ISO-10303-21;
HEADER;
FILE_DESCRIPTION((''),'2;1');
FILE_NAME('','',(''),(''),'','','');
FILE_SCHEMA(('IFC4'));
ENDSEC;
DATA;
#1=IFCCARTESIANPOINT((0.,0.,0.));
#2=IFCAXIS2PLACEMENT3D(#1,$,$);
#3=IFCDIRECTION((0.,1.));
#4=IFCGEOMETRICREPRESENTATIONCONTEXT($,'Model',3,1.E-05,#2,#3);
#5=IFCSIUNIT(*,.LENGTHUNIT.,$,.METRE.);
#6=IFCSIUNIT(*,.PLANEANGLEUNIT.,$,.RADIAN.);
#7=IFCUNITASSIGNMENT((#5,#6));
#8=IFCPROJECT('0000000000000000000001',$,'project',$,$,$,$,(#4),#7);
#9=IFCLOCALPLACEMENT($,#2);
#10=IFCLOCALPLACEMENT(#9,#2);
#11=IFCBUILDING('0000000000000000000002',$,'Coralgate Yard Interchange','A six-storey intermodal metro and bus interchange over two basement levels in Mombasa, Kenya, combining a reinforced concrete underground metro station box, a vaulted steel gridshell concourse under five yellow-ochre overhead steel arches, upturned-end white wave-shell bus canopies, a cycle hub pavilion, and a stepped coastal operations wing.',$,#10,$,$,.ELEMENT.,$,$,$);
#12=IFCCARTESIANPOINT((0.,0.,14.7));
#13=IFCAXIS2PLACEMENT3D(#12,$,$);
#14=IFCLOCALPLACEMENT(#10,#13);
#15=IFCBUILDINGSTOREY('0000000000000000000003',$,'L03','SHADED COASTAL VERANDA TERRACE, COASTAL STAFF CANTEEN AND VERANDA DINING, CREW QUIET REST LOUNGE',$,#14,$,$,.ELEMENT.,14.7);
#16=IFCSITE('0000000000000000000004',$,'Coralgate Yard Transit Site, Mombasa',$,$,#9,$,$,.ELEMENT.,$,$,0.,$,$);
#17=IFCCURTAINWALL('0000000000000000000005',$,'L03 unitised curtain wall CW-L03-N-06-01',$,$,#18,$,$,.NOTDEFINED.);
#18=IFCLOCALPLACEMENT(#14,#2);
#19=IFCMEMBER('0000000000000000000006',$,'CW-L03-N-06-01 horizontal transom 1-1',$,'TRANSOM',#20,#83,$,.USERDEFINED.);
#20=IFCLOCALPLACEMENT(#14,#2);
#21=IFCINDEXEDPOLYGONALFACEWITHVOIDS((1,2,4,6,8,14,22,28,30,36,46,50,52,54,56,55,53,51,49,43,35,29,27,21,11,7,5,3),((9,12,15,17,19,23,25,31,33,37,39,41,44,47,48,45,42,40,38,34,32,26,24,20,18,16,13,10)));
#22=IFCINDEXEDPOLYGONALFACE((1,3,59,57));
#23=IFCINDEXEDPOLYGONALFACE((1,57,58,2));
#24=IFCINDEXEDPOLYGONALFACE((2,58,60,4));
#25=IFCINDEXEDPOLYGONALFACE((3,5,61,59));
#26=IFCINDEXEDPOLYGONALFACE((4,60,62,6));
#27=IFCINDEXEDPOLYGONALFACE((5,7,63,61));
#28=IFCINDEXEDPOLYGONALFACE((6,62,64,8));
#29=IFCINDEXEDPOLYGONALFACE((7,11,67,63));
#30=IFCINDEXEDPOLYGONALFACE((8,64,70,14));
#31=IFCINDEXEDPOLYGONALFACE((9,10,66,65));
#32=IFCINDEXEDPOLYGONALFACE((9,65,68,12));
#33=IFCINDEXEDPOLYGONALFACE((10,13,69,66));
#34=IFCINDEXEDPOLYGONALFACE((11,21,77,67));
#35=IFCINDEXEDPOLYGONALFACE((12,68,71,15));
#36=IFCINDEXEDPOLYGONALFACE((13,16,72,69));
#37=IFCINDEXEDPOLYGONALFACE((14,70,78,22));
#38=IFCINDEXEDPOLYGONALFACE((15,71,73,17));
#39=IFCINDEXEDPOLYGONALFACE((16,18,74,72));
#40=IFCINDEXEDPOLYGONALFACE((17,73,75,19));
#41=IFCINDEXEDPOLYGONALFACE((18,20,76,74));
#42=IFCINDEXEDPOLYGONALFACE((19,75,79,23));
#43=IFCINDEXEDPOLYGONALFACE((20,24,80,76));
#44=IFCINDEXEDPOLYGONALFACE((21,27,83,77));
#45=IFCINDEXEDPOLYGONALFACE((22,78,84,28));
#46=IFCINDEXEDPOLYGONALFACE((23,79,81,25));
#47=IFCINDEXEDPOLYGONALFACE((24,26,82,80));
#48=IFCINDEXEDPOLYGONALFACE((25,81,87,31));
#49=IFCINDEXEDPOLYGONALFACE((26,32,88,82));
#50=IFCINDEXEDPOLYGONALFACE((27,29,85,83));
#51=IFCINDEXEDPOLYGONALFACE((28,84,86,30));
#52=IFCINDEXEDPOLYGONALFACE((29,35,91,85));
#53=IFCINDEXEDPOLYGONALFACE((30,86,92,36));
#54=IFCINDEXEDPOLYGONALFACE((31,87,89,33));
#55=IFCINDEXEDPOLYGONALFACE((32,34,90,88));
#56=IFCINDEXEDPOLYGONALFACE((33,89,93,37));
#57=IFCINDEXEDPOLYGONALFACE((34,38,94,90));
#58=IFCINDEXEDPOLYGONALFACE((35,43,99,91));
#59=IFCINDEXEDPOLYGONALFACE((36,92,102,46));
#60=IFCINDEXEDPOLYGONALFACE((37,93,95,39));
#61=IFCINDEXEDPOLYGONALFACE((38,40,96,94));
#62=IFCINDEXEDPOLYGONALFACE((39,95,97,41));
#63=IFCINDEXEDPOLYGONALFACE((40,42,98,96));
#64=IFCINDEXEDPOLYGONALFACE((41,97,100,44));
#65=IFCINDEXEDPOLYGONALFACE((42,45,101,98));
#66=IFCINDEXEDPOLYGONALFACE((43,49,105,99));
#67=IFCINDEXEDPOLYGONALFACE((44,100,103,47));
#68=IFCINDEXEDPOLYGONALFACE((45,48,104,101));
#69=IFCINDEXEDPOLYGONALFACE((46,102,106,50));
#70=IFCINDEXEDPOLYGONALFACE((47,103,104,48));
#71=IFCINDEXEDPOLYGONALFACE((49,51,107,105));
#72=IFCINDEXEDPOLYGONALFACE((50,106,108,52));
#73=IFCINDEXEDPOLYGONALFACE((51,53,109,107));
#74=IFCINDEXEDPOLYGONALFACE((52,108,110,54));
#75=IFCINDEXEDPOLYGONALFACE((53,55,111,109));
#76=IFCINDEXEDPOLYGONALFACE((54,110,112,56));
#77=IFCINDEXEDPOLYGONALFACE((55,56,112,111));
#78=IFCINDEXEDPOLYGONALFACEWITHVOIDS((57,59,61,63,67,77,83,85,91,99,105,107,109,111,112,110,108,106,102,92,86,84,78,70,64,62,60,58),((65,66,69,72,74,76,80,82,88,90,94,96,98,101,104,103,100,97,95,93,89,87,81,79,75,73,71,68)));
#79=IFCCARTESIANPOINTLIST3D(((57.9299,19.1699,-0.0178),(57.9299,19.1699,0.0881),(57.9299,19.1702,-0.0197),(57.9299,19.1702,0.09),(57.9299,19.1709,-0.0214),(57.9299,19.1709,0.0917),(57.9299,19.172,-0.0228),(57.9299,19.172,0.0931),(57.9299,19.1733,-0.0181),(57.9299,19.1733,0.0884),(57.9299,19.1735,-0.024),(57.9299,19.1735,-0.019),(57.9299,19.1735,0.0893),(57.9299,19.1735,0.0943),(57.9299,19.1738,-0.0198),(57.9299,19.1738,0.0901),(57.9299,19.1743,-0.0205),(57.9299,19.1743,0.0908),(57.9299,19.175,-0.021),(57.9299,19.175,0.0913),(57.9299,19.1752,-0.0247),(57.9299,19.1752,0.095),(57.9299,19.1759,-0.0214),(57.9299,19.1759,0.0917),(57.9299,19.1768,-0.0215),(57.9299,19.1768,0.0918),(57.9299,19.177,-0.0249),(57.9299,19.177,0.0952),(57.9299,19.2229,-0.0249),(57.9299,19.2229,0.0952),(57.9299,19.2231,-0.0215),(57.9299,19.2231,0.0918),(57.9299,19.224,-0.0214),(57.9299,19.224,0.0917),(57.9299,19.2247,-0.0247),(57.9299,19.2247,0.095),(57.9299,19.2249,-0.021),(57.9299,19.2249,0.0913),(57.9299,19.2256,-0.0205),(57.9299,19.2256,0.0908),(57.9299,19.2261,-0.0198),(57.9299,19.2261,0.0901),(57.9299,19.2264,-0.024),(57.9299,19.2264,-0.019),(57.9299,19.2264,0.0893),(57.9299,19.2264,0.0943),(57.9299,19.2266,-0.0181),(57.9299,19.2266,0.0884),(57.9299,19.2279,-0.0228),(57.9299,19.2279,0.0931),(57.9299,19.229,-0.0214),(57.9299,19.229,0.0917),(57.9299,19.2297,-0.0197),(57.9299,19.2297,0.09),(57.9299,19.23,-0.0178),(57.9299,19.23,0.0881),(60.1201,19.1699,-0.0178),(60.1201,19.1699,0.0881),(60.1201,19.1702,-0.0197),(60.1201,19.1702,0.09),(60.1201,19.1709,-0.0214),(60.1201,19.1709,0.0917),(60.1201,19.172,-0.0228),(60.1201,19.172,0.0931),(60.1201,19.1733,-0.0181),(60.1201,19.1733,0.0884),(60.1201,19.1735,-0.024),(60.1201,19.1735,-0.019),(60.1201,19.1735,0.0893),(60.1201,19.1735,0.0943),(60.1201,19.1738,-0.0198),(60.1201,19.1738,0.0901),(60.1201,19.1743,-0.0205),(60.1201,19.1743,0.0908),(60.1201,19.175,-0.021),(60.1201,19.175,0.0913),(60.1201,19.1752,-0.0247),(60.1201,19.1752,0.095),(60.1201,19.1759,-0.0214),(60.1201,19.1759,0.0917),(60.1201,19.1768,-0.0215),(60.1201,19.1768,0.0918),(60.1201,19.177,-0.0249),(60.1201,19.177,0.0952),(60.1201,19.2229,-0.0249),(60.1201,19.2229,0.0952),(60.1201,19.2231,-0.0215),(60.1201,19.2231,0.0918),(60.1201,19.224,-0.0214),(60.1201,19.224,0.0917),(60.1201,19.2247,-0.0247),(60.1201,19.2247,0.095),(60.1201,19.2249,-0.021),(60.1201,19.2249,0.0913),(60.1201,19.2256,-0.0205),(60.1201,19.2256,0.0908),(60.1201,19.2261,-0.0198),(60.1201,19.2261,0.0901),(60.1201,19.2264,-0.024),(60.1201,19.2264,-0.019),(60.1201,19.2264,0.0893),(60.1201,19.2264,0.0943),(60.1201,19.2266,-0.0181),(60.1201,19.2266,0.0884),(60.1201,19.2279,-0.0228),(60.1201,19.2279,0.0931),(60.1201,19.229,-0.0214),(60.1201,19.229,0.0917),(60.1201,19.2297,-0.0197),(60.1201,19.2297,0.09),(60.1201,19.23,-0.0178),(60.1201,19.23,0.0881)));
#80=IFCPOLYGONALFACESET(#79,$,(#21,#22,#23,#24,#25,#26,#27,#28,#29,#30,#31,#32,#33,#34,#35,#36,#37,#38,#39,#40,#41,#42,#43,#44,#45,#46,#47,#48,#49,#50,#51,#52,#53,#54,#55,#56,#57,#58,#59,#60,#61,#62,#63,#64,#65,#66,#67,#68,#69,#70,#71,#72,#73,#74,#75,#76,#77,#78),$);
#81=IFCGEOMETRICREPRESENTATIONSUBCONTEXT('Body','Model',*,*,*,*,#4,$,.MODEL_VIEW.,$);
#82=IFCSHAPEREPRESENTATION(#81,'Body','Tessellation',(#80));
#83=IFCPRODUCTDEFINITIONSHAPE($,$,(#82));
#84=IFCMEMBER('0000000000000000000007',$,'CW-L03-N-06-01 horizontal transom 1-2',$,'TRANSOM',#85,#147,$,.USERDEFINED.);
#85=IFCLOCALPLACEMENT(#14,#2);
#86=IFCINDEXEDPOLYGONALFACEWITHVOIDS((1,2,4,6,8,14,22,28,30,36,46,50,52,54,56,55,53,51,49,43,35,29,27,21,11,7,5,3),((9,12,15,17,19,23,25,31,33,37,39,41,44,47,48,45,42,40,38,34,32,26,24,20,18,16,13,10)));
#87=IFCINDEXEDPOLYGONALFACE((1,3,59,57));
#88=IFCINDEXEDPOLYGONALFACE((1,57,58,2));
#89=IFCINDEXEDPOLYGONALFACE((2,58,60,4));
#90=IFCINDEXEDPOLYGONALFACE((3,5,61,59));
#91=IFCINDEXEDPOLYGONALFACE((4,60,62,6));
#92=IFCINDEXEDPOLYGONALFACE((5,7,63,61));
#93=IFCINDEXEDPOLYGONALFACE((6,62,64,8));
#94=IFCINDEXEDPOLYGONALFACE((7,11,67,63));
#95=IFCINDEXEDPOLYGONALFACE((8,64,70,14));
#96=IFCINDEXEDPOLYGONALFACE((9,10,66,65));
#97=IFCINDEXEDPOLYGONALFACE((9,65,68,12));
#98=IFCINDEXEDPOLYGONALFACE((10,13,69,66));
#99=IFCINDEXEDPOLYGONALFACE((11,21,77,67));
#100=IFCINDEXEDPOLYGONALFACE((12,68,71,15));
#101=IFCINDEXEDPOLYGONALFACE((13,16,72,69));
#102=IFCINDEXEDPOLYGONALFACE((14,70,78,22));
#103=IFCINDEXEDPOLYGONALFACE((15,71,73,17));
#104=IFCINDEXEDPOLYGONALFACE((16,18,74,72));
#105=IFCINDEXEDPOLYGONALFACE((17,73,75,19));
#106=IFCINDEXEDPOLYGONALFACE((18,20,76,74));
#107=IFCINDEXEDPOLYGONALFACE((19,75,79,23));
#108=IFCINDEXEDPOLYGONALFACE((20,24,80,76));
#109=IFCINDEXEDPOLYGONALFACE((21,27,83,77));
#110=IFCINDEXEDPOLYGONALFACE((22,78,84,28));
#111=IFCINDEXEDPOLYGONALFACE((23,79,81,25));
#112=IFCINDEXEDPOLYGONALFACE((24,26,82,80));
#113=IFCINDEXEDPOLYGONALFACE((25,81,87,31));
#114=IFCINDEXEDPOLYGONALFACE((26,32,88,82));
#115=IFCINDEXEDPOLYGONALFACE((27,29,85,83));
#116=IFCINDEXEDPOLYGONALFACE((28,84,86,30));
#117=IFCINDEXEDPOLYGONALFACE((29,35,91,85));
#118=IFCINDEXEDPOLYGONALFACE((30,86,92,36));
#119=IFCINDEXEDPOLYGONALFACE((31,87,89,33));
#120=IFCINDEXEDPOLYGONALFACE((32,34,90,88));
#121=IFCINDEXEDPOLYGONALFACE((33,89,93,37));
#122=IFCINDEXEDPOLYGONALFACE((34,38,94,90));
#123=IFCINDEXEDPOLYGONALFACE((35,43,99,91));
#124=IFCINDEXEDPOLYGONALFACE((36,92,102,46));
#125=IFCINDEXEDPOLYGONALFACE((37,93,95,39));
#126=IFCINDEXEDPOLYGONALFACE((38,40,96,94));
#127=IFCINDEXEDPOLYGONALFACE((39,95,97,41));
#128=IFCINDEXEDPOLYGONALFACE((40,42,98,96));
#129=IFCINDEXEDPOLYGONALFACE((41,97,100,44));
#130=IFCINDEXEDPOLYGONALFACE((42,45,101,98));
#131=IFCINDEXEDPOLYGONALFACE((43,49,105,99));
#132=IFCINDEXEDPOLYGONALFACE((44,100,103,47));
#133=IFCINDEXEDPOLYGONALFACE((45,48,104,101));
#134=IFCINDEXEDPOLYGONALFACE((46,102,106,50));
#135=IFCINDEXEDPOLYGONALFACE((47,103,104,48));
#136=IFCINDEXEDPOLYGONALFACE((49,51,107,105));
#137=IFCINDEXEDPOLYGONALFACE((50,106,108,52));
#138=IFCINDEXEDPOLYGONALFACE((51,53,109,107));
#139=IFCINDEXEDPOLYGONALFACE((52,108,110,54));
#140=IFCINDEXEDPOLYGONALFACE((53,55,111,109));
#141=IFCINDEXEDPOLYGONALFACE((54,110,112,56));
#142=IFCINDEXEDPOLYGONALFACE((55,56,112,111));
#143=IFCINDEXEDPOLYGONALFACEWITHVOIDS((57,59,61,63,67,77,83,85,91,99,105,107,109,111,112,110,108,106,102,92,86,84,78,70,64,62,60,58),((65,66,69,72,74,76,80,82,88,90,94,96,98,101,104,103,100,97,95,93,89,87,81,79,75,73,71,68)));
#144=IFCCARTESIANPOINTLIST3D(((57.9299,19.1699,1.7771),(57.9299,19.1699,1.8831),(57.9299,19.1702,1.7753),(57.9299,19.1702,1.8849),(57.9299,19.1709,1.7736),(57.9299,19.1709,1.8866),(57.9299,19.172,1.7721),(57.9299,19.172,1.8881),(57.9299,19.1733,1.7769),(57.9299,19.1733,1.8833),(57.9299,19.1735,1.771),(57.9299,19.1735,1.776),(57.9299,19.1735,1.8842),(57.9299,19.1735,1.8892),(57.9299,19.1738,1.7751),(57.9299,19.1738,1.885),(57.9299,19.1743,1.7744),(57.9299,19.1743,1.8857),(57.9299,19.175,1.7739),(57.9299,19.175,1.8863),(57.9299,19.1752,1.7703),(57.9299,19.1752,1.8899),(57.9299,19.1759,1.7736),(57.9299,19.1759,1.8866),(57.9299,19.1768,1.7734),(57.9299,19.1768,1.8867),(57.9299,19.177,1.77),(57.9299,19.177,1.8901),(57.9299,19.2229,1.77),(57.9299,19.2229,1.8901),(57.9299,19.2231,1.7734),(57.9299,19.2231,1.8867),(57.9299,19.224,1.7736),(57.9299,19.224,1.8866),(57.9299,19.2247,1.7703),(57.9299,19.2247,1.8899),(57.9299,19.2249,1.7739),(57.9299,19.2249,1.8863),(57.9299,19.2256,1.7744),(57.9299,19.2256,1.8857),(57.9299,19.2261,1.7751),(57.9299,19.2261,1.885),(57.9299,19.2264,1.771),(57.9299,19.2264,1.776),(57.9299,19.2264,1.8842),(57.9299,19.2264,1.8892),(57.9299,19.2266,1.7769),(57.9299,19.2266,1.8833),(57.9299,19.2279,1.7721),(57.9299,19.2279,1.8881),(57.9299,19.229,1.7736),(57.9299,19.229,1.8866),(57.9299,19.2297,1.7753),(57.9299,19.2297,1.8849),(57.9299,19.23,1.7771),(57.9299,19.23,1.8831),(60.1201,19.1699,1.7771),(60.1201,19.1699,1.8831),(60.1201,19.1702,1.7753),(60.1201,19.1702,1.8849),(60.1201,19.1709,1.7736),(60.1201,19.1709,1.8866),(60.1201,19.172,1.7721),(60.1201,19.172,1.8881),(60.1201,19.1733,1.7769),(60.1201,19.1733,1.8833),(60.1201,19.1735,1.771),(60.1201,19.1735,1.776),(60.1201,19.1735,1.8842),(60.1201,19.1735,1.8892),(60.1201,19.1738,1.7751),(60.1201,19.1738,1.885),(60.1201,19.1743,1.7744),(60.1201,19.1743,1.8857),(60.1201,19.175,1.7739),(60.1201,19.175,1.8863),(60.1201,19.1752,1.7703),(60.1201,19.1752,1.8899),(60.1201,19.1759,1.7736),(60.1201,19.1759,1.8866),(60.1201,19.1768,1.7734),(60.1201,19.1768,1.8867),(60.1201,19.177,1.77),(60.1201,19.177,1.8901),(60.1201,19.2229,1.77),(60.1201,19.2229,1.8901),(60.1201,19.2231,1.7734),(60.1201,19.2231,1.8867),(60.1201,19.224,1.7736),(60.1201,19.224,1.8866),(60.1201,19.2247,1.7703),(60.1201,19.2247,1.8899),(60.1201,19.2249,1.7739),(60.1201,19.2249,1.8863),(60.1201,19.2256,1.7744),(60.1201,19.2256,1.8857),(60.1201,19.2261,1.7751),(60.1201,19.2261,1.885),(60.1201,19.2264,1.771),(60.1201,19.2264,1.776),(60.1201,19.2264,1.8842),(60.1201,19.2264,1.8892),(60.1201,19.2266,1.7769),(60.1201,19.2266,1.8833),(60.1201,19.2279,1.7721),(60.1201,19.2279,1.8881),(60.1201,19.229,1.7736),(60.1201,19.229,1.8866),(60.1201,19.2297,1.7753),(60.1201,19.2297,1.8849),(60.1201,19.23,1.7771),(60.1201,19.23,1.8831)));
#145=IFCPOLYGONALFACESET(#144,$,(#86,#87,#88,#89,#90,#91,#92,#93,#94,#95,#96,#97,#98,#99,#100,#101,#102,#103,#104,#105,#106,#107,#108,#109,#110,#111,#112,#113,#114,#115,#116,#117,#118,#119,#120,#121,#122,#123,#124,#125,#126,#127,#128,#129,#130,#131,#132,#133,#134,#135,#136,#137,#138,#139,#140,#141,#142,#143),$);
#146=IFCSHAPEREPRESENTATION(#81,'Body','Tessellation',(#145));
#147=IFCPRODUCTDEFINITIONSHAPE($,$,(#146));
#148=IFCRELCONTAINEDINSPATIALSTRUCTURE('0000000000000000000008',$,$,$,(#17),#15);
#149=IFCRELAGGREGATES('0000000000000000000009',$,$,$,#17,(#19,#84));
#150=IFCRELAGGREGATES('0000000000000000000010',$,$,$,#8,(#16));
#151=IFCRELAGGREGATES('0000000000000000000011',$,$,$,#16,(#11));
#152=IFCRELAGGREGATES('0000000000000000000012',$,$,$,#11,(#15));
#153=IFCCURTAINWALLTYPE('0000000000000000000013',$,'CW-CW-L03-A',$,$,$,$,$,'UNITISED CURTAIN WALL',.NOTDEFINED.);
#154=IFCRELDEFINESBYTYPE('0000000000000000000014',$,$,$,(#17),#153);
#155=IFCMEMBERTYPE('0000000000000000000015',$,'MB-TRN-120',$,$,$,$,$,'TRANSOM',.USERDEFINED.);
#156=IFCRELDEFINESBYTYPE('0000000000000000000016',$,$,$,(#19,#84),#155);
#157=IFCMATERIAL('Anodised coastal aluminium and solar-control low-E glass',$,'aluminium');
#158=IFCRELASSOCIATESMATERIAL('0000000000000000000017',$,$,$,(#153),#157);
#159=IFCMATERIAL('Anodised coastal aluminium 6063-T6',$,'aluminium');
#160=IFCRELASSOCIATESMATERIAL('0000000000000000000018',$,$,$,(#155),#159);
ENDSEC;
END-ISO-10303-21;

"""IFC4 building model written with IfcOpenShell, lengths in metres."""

from ifc_helpers import new_model, si_unit, direction, frame, origin, origin_2d, place, context, subcontext, project, spatial, hollow_rectangle, extrude, material, material_profile, profile_set, type_object, element, aggregate, save


model = new_model("IFC4")

# Units and contexts
model_context = context("Model", 3, precision=1e-05, world=origin(), true_north=direction((0.0, 1.0)))
body_context = subcontext(model_context, "Body", "Model", "MODEL_VIEW")
ifc_project = project(units=[si_unit("LENGTHUNIT", "METRE"), si_unit("PLANEANGLEUNIT", "RADIAN")], contexts=[model_context])

# Site, building, storey
site_placement = place(None, origin())
site = spatial("IfcSite", under=ifc_project, at=site_placement, Name="Coralgate Yard Transit Site, Mombasa", CompositionType="ELEMENT", RefElevation=0.0)
building_placement = place(site_placement, origin())
building = spatial("IfcBuilding", under=site, at=building_placement, Name="Coralgate Yard Interchange", Description="A six-storey intermodal metro and bus interchange over two basement levels in Mombasa, Kenya, combining a reinforced concrete underground metro station box, a vaulted steel gridshell concourse under five yellow-ochre overhead steel arches, upturned-end white wave-shell bus canopies, a cycle hub pavilion, and a stepped coastal operations wing.", CompositionType="ELEMENT")
storey_placement = place(building_placement, frame((0.0, 0.0, 14.7)))
storey = spatial("IfcBuildingStorey", under=building, at=storey_placement, Name="L03", Description="SHADED COASTAL VERANDA TERRACE, COASTAL STAFF CANTEEN AND VERANDA DINING, CREW QUIET REST LOUNGE", CompositionType="ELEMENT", Elevation=14.7)

# Shared definitions
ifc_material_1 = material(Name="Anodised coastal aluminium and solar-control low-E glass", Category="aluminium")
curtain_wall_type = type_object("IfcCurtainWallType", Name="CW-CW-L03-A", ElementType="UNITISED CURTAIN WALL", PredefinedType="NOTDEFINED", material=ifc_material_1)
ifc_material_2 = material(Name="Anodised coastal aluminium 6063-T6", Category="aluminium")

# Curtain wall, members
curtain_wall_1_placement = place(storey_placement, origin())
curtain_wall_1 = element("IfcCurtainWall", 1, at=curtain_wall_1_placement, inside=storey, type_object=curtain_wall_type, Name="L03 unitised curtain wall CW-L03-N-06-01", PredefinedType="NOTDEFINED")
ifc_material_profile_1 = material_profile(ifc_material_2, hollow_rectangle(XDim=0.0601, YDim=0.1201, WallThickness=0.0034, InnerFilletRadius=0.0034, OuterFilletRadius=0.0071, at=origin_2d()), Name="ALU 60x120x3.5")
ifc_profile_set_1 = profile_set([ifc_material_profile_1], Name="Anodised coastal aluminium 6063-T6")
member_type_1 = type_object("IfcMemberType", Name="MB-TRN-120", ElementType="TRANSOM", PredefinedType="USERDEFINED", material=ifc_profile_set_1)
member_1_placement = place(storey_placement, frame((57.9299, 19.2, 0.0352), z_axis=(1.0, 0.0, 0.0), x_axis=(0.0, 1.0, 0.0)))
member_1 = element("IfcMember", 2, at=member_1_placement, type_object=member_type_1, Name="CW-L03-N-06-01 horizontal transom 1-1", ObjectType="TRANSOM", PredefinedType="USERDEFINED", context=body_context, shape_type="SweptSolid", body=[
    extrude(hollow_rectangle(XDim=0.0601, YDim=0.1201, WallThickness=0.0034, InnerFilletRadius=0.0034, OuterFilletRadius=0.0071, at=origin_2d()), origin(), (0.0, 0.0, 1.0), 2.1902),
])
member_2_placement = place(storey_placement, frame((57.9299, 19.2, 1.8301), z_axis=(1.0, 0.0, 0.0), x_axis=(0.0, 1.0, 0.0)))
member_2 = element("IfcMember", 3, at=member_2_placement, type_object=member_type_1, Name="CW-L03-N-06-01 horizontal transom 1-2", ObjectType="TRANSOM", PredefinedType="USERDEFINED", context=body_context, shape_type="SweptSolid", body=[
    extrude(hollow_rectangle(XDim=0.0601, YDim=0.1201, WallThickness=0.0034, InnerFilletRadius=0.0034, OuterFilletRadius=0.0071, at=origin_2d()), origin(), (0.0, 0.0, 1.0), 2.1902),
])

aggregate(curtain_wall_1, [member_1, member_2])

save(model, "model.ifc")
